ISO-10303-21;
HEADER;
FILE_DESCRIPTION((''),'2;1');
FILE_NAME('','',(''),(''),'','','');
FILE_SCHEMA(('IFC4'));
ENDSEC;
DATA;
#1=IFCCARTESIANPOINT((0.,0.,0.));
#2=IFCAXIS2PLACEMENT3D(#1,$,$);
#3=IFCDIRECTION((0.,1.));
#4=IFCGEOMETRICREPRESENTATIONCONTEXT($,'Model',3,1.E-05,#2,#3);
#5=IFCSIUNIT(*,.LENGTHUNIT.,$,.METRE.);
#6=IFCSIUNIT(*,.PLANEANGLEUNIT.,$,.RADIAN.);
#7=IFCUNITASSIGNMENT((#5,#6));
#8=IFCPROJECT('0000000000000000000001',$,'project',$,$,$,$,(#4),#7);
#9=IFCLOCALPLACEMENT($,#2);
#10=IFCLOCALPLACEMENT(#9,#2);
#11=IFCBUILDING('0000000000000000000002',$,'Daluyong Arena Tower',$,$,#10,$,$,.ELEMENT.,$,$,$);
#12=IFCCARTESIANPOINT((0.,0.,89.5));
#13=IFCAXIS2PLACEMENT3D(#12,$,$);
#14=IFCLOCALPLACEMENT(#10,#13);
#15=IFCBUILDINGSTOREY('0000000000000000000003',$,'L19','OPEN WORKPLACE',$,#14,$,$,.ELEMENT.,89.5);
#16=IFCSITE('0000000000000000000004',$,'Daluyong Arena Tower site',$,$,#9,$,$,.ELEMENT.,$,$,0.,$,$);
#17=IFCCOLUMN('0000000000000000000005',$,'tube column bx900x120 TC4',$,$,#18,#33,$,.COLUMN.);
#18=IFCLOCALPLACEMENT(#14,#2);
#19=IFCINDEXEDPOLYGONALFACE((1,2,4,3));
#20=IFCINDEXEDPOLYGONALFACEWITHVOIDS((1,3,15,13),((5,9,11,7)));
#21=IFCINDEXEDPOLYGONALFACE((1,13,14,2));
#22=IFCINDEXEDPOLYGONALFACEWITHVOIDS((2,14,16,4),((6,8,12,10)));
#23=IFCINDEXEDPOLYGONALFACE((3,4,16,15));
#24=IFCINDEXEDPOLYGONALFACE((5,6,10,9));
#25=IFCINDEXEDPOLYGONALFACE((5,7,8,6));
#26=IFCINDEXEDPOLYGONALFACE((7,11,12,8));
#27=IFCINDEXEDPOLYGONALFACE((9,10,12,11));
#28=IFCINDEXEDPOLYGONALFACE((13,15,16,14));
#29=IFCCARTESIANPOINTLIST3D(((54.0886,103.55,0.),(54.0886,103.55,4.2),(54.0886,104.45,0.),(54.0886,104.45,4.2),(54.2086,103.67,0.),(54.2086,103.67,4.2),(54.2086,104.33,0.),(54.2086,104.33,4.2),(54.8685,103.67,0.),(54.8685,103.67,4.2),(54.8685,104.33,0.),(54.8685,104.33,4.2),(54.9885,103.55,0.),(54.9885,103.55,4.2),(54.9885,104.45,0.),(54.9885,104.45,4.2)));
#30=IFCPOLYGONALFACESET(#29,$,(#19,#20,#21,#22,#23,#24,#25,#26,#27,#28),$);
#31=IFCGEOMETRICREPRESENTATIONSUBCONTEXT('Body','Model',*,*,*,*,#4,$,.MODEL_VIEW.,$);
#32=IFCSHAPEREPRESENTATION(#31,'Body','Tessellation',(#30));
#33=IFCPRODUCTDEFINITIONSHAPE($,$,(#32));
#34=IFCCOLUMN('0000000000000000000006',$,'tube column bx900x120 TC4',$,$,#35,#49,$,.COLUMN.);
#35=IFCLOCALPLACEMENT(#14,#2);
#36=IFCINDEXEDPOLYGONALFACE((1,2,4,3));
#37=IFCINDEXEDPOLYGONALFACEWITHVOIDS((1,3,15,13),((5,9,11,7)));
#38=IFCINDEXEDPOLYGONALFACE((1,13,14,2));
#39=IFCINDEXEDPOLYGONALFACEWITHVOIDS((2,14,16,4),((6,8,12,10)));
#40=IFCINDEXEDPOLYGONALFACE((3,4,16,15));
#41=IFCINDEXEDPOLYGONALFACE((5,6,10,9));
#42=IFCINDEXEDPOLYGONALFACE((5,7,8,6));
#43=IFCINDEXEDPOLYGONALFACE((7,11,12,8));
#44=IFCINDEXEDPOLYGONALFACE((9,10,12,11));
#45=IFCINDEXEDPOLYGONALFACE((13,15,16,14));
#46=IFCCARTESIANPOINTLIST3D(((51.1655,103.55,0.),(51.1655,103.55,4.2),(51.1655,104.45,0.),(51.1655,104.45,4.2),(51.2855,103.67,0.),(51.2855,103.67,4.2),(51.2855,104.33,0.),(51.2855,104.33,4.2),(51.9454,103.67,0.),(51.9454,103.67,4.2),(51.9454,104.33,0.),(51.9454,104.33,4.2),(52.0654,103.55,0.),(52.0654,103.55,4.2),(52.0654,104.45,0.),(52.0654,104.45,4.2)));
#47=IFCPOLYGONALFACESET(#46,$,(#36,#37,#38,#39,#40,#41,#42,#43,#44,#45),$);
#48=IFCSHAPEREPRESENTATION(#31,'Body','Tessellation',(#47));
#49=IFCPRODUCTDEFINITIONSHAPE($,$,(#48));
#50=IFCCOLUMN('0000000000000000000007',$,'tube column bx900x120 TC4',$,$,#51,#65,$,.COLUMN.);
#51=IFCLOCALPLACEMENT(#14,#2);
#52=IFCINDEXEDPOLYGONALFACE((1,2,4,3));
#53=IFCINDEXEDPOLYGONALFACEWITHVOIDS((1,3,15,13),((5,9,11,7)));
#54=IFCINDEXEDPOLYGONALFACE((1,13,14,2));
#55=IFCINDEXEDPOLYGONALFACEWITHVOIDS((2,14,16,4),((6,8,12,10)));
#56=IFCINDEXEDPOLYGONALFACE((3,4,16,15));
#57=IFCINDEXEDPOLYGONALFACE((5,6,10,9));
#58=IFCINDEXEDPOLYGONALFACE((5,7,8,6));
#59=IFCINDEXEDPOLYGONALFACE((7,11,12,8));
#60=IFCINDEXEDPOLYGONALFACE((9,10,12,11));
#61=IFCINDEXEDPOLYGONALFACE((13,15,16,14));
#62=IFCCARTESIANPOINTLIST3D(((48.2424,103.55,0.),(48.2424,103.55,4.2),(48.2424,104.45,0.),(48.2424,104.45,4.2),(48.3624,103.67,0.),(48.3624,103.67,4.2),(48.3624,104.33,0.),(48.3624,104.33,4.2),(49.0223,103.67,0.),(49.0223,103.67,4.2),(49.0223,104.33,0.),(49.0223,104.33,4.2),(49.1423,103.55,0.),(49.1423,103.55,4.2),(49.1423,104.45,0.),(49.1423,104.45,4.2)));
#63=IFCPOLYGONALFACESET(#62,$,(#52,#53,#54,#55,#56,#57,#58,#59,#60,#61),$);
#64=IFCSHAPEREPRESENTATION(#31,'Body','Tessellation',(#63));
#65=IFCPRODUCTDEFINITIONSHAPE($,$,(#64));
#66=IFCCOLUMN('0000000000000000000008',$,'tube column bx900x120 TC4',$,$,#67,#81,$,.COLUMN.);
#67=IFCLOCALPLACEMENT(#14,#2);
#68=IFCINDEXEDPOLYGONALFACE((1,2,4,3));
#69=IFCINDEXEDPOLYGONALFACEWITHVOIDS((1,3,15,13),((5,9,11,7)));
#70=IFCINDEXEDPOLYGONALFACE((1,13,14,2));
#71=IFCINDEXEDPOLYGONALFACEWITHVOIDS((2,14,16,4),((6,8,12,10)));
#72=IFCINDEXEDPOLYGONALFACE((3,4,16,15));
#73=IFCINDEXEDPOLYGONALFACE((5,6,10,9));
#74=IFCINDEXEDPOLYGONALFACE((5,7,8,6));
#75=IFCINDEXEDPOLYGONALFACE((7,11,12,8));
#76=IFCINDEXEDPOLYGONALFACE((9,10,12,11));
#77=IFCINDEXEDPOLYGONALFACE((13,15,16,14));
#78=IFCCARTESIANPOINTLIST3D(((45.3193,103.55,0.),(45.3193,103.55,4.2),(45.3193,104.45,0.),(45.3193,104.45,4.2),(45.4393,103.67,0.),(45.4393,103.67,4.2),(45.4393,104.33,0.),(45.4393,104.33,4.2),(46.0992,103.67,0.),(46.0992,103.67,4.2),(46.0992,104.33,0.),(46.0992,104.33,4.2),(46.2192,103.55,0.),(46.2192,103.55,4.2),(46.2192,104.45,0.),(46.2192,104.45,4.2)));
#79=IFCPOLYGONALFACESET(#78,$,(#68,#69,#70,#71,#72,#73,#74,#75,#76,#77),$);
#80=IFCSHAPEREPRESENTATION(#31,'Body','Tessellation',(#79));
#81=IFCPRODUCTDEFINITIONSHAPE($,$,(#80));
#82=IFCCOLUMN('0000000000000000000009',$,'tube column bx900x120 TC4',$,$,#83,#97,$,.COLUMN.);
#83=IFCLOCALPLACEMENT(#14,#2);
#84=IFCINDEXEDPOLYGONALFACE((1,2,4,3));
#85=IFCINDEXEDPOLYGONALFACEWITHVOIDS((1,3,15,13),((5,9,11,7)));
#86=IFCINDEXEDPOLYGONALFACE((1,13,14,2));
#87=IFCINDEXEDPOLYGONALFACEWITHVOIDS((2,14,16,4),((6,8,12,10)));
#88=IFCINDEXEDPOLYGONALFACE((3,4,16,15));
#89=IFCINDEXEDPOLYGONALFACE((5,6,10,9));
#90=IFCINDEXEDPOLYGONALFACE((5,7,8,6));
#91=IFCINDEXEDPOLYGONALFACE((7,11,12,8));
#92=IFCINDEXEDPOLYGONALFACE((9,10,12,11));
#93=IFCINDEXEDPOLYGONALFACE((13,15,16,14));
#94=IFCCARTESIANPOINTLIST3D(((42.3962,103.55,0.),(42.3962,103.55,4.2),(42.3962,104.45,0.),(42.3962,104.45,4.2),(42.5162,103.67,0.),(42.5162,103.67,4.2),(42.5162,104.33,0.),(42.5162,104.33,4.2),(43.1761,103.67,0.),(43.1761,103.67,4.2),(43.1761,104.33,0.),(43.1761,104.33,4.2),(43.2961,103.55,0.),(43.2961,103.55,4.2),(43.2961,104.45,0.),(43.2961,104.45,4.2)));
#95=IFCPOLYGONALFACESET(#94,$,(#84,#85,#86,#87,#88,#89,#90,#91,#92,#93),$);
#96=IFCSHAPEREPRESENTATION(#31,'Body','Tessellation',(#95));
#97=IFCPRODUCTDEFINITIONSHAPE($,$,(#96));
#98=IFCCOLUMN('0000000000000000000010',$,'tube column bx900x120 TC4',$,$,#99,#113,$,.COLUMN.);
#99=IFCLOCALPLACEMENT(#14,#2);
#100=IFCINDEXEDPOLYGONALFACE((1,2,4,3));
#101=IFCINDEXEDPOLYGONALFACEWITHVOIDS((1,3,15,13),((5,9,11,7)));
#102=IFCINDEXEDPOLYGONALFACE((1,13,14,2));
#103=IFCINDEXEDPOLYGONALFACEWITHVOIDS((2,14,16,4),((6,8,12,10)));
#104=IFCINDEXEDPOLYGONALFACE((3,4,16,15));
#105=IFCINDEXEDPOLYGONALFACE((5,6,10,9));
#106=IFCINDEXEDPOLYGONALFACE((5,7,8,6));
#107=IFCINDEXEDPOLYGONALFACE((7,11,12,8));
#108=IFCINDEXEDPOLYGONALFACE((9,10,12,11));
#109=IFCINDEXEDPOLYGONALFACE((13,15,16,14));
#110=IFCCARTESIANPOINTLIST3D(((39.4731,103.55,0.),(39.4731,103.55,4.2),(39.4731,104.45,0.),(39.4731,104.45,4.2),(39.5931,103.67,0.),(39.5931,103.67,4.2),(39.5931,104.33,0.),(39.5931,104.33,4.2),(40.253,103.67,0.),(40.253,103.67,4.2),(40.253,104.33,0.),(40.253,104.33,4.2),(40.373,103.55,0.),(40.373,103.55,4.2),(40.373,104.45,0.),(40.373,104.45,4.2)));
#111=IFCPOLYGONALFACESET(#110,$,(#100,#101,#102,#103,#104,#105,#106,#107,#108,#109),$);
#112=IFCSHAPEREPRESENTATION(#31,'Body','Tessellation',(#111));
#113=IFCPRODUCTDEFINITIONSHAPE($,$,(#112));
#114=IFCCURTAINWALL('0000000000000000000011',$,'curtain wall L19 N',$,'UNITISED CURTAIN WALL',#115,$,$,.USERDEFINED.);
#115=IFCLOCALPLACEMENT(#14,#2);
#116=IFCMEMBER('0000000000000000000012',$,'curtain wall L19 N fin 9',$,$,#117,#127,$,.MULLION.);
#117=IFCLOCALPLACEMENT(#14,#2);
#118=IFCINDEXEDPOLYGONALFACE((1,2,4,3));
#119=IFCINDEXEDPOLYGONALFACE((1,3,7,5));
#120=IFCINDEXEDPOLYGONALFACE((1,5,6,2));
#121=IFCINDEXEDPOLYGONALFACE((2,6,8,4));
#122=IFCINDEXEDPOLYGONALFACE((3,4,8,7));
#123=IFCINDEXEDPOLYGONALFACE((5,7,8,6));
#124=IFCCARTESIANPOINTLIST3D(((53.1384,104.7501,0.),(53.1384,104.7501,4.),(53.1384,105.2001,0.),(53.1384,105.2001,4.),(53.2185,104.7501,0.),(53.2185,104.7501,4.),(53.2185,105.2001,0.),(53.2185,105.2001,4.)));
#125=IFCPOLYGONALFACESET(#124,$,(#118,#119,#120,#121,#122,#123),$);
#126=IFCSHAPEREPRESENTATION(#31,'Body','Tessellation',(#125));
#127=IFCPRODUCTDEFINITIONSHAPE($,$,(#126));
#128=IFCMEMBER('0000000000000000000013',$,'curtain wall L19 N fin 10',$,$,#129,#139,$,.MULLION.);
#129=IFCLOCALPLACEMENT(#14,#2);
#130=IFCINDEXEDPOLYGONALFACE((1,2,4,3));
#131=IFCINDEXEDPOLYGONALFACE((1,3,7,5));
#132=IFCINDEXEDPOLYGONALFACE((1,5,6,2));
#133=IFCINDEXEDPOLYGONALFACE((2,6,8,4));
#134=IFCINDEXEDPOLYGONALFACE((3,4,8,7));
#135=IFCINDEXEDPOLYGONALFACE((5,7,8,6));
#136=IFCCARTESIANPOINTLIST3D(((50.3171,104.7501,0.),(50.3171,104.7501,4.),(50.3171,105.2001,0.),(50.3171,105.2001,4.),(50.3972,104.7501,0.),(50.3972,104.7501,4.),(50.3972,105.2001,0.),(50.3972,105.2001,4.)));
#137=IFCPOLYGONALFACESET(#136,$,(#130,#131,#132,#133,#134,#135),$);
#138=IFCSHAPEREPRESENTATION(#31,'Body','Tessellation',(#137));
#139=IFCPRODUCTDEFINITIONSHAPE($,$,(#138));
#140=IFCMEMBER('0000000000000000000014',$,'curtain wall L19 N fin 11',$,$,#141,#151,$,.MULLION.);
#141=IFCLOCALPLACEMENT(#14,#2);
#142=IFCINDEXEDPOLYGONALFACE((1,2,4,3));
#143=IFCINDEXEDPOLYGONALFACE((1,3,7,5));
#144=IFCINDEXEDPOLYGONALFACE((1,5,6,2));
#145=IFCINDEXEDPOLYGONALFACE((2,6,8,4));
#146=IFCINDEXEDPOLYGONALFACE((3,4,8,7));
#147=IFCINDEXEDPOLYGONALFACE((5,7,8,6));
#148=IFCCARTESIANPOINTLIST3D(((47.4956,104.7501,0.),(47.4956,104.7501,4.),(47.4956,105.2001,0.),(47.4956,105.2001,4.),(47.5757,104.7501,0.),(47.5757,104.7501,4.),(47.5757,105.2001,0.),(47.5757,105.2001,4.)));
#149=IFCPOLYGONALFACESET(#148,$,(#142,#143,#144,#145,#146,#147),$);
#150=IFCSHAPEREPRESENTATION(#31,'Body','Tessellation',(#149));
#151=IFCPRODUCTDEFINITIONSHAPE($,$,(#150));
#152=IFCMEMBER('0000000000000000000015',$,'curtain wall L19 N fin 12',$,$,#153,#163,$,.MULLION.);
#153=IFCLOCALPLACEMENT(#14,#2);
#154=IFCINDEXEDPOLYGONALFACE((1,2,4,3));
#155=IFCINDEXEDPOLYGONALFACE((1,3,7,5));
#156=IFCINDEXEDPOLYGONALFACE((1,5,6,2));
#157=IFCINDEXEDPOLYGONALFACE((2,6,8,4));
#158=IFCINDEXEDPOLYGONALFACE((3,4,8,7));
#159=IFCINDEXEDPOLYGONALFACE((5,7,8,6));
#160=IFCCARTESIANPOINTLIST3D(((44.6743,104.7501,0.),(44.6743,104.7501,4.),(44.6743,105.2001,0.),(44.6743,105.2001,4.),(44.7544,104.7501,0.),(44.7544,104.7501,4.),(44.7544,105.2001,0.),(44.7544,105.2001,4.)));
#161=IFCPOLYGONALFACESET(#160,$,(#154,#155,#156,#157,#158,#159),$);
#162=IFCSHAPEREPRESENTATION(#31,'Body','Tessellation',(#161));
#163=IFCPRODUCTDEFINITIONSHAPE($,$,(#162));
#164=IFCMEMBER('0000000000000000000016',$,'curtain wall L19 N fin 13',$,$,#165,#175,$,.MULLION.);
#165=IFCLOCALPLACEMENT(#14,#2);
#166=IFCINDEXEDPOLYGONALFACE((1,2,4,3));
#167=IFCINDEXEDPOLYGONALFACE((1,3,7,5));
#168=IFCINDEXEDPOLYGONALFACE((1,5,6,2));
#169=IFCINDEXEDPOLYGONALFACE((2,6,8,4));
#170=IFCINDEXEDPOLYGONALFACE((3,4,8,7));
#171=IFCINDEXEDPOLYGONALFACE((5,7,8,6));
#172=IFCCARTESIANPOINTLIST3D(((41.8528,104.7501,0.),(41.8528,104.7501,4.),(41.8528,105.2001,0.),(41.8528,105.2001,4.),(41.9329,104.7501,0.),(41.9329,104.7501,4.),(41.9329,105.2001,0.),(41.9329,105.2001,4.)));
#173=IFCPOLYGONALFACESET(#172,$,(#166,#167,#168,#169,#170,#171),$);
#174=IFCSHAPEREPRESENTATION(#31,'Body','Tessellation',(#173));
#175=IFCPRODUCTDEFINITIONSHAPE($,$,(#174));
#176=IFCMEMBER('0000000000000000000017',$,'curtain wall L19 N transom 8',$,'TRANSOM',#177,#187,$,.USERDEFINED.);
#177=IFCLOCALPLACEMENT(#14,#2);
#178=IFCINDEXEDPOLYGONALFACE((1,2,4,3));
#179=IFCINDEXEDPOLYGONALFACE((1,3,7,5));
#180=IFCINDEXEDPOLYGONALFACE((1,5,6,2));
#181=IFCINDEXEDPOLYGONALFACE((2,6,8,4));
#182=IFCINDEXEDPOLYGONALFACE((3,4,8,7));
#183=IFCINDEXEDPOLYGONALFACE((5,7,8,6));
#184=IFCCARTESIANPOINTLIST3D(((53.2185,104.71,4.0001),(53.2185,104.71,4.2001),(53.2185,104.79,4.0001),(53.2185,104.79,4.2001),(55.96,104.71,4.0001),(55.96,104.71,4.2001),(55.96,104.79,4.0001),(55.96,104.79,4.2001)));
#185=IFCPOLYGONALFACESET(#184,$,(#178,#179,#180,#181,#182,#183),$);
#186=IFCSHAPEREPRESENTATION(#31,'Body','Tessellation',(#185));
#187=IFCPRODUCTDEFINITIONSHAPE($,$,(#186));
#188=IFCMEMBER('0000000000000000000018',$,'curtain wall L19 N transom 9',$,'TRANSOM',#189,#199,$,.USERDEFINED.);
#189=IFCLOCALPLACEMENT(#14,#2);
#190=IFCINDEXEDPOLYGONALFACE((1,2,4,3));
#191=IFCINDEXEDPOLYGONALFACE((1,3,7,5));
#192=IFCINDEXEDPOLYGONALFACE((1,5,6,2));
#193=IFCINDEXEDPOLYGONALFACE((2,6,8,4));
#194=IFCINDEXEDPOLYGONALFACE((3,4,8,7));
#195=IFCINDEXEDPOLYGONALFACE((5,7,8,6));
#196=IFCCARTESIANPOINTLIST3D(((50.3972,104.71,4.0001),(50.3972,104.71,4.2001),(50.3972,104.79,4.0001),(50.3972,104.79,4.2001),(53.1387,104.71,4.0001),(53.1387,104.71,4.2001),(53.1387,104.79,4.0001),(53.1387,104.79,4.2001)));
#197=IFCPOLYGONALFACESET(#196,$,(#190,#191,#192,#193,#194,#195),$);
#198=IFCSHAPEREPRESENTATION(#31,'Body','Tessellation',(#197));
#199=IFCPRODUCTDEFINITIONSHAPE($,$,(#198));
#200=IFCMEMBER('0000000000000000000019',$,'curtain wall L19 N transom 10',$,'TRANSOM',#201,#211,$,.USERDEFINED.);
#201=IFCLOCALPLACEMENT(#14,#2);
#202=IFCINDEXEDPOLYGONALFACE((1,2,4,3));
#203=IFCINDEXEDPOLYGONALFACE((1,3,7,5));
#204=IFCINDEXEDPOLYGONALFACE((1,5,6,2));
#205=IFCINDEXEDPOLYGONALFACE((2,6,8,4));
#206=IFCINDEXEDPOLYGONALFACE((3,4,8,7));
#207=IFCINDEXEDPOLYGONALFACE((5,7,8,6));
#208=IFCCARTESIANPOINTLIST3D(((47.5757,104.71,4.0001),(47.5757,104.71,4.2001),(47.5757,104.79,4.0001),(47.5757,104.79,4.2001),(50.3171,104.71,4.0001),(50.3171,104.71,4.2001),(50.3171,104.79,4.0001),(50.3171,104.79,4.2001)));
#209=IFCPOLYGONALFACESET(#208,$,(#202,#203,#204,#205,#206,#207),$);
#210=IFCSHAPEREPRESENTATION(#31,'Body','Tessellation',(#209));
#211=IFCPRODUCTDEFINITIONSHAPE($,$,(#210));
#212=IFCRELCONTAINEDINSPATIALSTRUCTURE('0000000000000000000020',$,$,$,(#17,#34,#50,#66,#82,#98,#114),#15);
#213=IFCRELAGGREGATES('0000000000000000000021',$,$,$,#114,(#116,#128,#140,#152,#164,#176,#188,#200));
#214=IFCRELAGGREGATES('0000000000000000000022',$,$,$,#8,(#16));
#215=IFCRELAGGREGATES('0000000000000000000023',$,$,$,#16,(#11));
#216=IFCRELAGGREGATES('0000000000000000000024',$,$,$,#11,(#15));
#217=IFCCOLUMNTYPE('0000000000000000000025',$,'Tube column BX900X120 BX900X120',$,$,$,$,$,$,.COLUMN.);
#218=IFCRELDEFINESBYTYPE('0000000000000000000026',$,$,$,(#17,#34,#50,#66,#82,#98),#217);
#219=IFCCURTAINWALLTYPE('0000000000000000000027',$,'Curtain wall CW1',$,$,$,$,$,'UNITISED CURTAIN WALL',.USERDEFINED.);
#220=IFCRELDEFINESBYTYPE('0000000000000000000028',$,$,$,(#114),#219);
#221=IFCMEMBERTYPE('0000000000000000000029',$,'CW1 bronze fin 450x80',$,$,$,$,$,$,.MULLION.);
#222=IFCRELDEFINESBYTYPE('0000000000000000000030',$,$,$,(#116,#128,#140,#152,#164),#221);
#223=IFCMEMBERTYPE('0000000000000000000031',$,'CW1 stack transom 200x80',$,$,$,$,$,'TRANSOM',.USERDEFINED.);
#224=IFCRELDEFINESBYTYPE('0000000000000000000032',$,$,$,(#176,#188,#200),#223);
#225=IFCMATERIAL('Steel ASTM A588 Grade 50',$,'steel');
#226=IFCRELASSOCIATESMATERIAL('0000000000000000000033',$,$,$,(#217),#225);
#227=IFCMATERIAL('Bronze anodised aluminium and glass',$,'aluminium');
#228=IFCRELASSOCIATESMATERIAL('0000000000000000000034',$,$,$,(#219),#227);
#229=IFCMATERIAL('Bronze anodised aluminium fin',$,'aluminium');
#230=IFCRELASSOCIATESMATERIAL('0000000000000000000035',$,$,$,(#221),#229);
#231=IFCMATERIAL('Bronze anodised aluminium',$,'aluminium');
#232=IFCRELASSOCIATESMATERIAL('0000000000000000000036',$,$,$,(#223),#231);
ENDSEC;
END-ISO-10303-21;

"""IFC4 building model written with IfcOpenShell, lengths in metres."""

from ifc_helpers import new_model, si_unit, direction, frame, origin, origin_2d, place, context, subcontext, project, spatial, rectangle, hollow_rectangle, extrude, material, material_profile, profile_set, type_object, element, aggregate, save


model = new_model("IFC4")

# Units and contexts
model_context = context("Model", 3, precision=1e-05, world=origin(), true_north=direction((0.0, 1.0)))
body_context = subcontext(model_context, "Body", "Model", "MODEL_VIEW")
ifc_project = project(units=[si_unit("LENGTHUNIT", "METRE"), si_unit("PLANEANGLEUNIT", "RADIAN")], contexts=[model_context])

# Site, building, storey
site_placement = place(None, origin())
site = spatial("IfcSite", under=ifc_project, at=site_placement, Name="Daluyong Arena Tower site", CompositionType="ELEMENT", RefElevation=0.0)
building_placement = place(site_placement, origin())
building = spatial("IfcBuilding", under=site, at=building_placement, Name="Daluyong Arena Tower", CompositionType="ELEMENT")
storey_placement = place(building_placement, frame((0.0, 0.0, 89.5)))
storey = spatial("IfcBuildingStorey", under=building, at=storey_placement, Name="L19", Description="OPEN WORKPLACE", CompositionType="ELEMENT", Elevation=89.5)

# Columns
ifc_material_1 = material(Name="Steel ASTM A588 Grade 50", Category="steel")
ifc_material_profile_1 = material_profile(ifc_material_1, hollow_rectangle(XDim=0.8999, YDim=0.8999, WallThickness=0.12, at=origin_2d()))
ifc_profile_set_1 = profile_set([ifc_material_profile_1], Name="Steel ASTM A588 Grade 50")
column_type = type_object("IfcColumnType", Name="Tube column BX900X120 BX900X120", PredefinedType="COLUMN", material=ifc_profile_set_1)
for number, where, z_axis, x_axis, name in (
    (1, (54.5386, 104.0, 0.0), (0.0, 0.0, 1.0), (1.0, 0.0, 0.0), "tube column bx900x120 TC4"),
    (2, (51.6155, 104.0, 0.0), (0.0, 0.0, 1.0), (1.0, 0.0, 0.0), "tube column bx900x120 TC4"),
    (3, (48.6924, 104.0, 0.0), (0.0, 0.0, 1.0), (1.0, 0.0, 0.0), "tube column bx900x120 TC4"),
    (4, (45.7693, 104.0, 0.0), (0.0, 0.0, 1.0), (1.0, 0.0, 0.0), "tube column bx900x120 TC4"),
    (5, (42.8462, 104.0, 0.0), (0.0, 0.0, 1.0), (1.0, 0.0, 0.0), "tube column bx900x120 TC4"),
    (6, (39.9231, 104.0, 0.0), (0.0, 0.0, 1.0), (1.0, 0.0, 0.0), "tube column bx900x120 TC4"),
):
    element("IfcColumn", number, at=place(storey_placement, frame(where, z_axis=z_axis, x_axis=x_axis)), inside=storey, type_object=column_type, Name=name, PredefinedType="COLUMN", context=body_context, shape_type="SweptSolid", body=[
        extrude(hollow_rectangle(XDim=0.8999, YDim=0.8999, WallThickness=0.12, at=origin_2d()), origin(), (0.0, 0.0, 1.0), 4.2),
    ])

# Curtain wall, members
ifc_material_2 = material(Name="Bronze anodised aluminium and glass", Category="aluminium")
curtain_wall_type = type_object("IfcCurtainWallType", Name="Curtain wall CW1", ElementType="UNITISED CURTAIN WALL", PredefinedType="USERDEFINED", material=ifc_material_2)
curtain_wall_placement = place(storey_placement, origin())
curtain_wall = element("IfcCurtainWall", 7, at=curtain_wall_placement, inside=storey, type_object=curtain_wall_type, Name="curtain wall L19 N", ObjectType="UNITISED CURTAIN WALL", PredefinedType="USERDEFINED")
ifc_material_3 = material(Name="Bronze anodised aluminium fin", Category="aluminium")
ifc_material_profile_2 = material_profile(ifc_material_3, rectangle(XDim=0.45, YDim=0.0801, at=origin_2d()))
ifc_profile_set_2 = profile_set([ifc_material_profile_2], Name="Bronze anodised aluminium fin")
member_type_1 = type_object("IfcMemberType", Name="CW1 bronze fin 450x80", PredefinedType="MULLION", material=ifc_profile_set_2)
member_1_placement = place(storey_placement, frame((53.1785, 104.9751, 0.0), z_axis=(0.0, 0.0, 1.0), x_axis=(0.0, -1.0, 0.0)))
member_1 = element("IfcMember", 8, at=member_1_placement, type_object=member_type_1, Name="curtain wall L19 N fin 9", PredefinedType="MULLION", context=body_context, shape_type="SweptSolid", body=[
    extrude(rectangle(XDim=0.45, YDim=0.0801, at=origin_2d()), origin(), (0.0, 0.0, 1.0), 4.0),
])
member_2_placement = place(storey_placement, frame((50.3572, 104.9751, 0.0), z_axis=(0.0, 0.0, 1.0), x_axis=(0.0, -1.0, 0.0)))
member_2 = element("IfcMember", 9, at=member_2_placement, type_object=member_type_1, Name="curtain wall L19 N fin 10", PredefinedType="MULLION", context=body_context, shape_type="SweptSolid", body=[
    extrude(rectangle(XDim=0.45, YDim=0.0801, at=origin_2d()), origin(), (0.0, 0.0, 1.0), 4.0),
])
member_3_placement = place(storey_placement, frame((47.5356, 104.9751, 0.0), z_axis=(0.0, 0.0, 1.0), x_axis=(0.0, -1.0, 0.0)))
member_3 = element("IfcMember", 10, at=member_3_placement, type_object=member_type_1, Name="curtain wall L19 N fin 11", PredefinedType="MULLION", context=body_context, shape_type="SweptSolid", body=[
    extrude(rectangle(XDim=0.45, YDim=0.0801, at=origin_2d()), origin(), (0.0, 0.0, 1.0), 4.0),
])
member_4_placement = place(storey_placement, frame((44.7144, 104.9751, 0.0), z_axis=(0.0, 0.0, 1.0), x_axis=(0.0, -1.0, 0.0)))
member_4 = element("IfcMember", 11, at=member_4_placement, type_object=member_type_1, Name="curtain wall L19 N fin 12", PredefinedType="MULLION", context=body_context, shape_type="SweptSolid", body=[
    extrude(rectangle(XDim=0.45, YDim=0.0801, at=origin_2d()), origin(), (0.0, 0.0, 1.0), 4.0),
])
member_5_placement = place(storey_placement, frame((41.8928, 104.9751, 0.0), z_axis=(0.0, 0.0, 1.0), x_axis=(0.0, -1.0, 0.0)))
member_5 = element("IfcMember", 12, at=member_5_placement, type_object=member_type_1, Name="curtain wall L19 N fin 13", PredefinedType="MULLION", context=body_context, shape_type="SweptSolid", body=[
    extrude(rectangle(XDim=0.45, YDim=0.0801, at=origin_2d()), origin(), (0.0, 0.0, 1.0), 4.0),
])
ifc_material_4 = material(Name="Bronze anodised aluminium", Category="aluminium")
ifc_material_profile_3 = material_profile(ifc_material_4, rectangle(XDim=0.0801, YDim=0.2, at=origin_2d()))
ifc_profile_set_3 = profile_set([ifc_material_profile_3], Name="Bronze anodised aluminium")
member_type_2 = type_object("IfcMemberType", Name="CW1 stack transom 200x80", ElementType="TRANSOM", PredefinedType="USERDEFINED", material=ifc_profile_set_3)
member_6_placement = place(storey_placement, frame((55.96, 104.75, 4.1001), z_axis=(-1.0, 0.0, 0.0), x_axis=(0.0, -1.0, 0.0)))
member_6 = element("IfcMember", 13, at=member_6_placement, type_object=member_type_2, Name="curtain wall L19 N transom 8", ObjectType="TRANSOM", PredefinedType="USERDEFINED", context=body_context, shape_type="SweptSolid", body=[
    extrude(rectangle(XDim=0.0801, YDim=0.2, at=origin_2d()), origin(), (0.0, 0.0, 1.0), 2.7415),
])
member_7_placement = place(storey_placement, frame((53.1387, 104.75, 4.1001), z_axis=(-1.0, 0.0, 0.0), x_axis=(0.0, -1.0, 0.0)))
member_7 = element("IfcMember", 14, at=member_7_placement, type_object=member_type_2, Name="curtain wall L19 N transom 9", ObjectType="TRANSOM", PredefinedType="USERDEFINED", context=body_context, shape_type="SweptSolid", body=[
    extrude(rectangle(XDim=0.0801, YDim=0.2, at=origin_2d()), origin(), (0.0, 0.0, 1.0), 2.7415),
])
member_8_placement = place(storey_placement, frame((50.3171, 104.75, 4.1001), z_axis=(-1.0, 0.0, 0.0), x_axis=(0.0, -1.0, 0.0)))
member_8 = element("IfcMember", 15, at=member_8_placement, type_object=member_type_2, Name="curtain wall L19 N transom 10", ObjectType="TRANSOM", PredefinedType="USERDEFINED", context=body_context, shape_type="SweptSolid", body=[
    extrude(rectangle(XDim=0.0801, YDim=0.2, at=origin_2d()), origin(), (0.0, 0.0, 1.0), 2.7415),
])

aggregate(curtain_wall, [member_1, member_2, member_3, member_4, member_5, member_6, member_7, member_8])

save(model, "model.ifc")
